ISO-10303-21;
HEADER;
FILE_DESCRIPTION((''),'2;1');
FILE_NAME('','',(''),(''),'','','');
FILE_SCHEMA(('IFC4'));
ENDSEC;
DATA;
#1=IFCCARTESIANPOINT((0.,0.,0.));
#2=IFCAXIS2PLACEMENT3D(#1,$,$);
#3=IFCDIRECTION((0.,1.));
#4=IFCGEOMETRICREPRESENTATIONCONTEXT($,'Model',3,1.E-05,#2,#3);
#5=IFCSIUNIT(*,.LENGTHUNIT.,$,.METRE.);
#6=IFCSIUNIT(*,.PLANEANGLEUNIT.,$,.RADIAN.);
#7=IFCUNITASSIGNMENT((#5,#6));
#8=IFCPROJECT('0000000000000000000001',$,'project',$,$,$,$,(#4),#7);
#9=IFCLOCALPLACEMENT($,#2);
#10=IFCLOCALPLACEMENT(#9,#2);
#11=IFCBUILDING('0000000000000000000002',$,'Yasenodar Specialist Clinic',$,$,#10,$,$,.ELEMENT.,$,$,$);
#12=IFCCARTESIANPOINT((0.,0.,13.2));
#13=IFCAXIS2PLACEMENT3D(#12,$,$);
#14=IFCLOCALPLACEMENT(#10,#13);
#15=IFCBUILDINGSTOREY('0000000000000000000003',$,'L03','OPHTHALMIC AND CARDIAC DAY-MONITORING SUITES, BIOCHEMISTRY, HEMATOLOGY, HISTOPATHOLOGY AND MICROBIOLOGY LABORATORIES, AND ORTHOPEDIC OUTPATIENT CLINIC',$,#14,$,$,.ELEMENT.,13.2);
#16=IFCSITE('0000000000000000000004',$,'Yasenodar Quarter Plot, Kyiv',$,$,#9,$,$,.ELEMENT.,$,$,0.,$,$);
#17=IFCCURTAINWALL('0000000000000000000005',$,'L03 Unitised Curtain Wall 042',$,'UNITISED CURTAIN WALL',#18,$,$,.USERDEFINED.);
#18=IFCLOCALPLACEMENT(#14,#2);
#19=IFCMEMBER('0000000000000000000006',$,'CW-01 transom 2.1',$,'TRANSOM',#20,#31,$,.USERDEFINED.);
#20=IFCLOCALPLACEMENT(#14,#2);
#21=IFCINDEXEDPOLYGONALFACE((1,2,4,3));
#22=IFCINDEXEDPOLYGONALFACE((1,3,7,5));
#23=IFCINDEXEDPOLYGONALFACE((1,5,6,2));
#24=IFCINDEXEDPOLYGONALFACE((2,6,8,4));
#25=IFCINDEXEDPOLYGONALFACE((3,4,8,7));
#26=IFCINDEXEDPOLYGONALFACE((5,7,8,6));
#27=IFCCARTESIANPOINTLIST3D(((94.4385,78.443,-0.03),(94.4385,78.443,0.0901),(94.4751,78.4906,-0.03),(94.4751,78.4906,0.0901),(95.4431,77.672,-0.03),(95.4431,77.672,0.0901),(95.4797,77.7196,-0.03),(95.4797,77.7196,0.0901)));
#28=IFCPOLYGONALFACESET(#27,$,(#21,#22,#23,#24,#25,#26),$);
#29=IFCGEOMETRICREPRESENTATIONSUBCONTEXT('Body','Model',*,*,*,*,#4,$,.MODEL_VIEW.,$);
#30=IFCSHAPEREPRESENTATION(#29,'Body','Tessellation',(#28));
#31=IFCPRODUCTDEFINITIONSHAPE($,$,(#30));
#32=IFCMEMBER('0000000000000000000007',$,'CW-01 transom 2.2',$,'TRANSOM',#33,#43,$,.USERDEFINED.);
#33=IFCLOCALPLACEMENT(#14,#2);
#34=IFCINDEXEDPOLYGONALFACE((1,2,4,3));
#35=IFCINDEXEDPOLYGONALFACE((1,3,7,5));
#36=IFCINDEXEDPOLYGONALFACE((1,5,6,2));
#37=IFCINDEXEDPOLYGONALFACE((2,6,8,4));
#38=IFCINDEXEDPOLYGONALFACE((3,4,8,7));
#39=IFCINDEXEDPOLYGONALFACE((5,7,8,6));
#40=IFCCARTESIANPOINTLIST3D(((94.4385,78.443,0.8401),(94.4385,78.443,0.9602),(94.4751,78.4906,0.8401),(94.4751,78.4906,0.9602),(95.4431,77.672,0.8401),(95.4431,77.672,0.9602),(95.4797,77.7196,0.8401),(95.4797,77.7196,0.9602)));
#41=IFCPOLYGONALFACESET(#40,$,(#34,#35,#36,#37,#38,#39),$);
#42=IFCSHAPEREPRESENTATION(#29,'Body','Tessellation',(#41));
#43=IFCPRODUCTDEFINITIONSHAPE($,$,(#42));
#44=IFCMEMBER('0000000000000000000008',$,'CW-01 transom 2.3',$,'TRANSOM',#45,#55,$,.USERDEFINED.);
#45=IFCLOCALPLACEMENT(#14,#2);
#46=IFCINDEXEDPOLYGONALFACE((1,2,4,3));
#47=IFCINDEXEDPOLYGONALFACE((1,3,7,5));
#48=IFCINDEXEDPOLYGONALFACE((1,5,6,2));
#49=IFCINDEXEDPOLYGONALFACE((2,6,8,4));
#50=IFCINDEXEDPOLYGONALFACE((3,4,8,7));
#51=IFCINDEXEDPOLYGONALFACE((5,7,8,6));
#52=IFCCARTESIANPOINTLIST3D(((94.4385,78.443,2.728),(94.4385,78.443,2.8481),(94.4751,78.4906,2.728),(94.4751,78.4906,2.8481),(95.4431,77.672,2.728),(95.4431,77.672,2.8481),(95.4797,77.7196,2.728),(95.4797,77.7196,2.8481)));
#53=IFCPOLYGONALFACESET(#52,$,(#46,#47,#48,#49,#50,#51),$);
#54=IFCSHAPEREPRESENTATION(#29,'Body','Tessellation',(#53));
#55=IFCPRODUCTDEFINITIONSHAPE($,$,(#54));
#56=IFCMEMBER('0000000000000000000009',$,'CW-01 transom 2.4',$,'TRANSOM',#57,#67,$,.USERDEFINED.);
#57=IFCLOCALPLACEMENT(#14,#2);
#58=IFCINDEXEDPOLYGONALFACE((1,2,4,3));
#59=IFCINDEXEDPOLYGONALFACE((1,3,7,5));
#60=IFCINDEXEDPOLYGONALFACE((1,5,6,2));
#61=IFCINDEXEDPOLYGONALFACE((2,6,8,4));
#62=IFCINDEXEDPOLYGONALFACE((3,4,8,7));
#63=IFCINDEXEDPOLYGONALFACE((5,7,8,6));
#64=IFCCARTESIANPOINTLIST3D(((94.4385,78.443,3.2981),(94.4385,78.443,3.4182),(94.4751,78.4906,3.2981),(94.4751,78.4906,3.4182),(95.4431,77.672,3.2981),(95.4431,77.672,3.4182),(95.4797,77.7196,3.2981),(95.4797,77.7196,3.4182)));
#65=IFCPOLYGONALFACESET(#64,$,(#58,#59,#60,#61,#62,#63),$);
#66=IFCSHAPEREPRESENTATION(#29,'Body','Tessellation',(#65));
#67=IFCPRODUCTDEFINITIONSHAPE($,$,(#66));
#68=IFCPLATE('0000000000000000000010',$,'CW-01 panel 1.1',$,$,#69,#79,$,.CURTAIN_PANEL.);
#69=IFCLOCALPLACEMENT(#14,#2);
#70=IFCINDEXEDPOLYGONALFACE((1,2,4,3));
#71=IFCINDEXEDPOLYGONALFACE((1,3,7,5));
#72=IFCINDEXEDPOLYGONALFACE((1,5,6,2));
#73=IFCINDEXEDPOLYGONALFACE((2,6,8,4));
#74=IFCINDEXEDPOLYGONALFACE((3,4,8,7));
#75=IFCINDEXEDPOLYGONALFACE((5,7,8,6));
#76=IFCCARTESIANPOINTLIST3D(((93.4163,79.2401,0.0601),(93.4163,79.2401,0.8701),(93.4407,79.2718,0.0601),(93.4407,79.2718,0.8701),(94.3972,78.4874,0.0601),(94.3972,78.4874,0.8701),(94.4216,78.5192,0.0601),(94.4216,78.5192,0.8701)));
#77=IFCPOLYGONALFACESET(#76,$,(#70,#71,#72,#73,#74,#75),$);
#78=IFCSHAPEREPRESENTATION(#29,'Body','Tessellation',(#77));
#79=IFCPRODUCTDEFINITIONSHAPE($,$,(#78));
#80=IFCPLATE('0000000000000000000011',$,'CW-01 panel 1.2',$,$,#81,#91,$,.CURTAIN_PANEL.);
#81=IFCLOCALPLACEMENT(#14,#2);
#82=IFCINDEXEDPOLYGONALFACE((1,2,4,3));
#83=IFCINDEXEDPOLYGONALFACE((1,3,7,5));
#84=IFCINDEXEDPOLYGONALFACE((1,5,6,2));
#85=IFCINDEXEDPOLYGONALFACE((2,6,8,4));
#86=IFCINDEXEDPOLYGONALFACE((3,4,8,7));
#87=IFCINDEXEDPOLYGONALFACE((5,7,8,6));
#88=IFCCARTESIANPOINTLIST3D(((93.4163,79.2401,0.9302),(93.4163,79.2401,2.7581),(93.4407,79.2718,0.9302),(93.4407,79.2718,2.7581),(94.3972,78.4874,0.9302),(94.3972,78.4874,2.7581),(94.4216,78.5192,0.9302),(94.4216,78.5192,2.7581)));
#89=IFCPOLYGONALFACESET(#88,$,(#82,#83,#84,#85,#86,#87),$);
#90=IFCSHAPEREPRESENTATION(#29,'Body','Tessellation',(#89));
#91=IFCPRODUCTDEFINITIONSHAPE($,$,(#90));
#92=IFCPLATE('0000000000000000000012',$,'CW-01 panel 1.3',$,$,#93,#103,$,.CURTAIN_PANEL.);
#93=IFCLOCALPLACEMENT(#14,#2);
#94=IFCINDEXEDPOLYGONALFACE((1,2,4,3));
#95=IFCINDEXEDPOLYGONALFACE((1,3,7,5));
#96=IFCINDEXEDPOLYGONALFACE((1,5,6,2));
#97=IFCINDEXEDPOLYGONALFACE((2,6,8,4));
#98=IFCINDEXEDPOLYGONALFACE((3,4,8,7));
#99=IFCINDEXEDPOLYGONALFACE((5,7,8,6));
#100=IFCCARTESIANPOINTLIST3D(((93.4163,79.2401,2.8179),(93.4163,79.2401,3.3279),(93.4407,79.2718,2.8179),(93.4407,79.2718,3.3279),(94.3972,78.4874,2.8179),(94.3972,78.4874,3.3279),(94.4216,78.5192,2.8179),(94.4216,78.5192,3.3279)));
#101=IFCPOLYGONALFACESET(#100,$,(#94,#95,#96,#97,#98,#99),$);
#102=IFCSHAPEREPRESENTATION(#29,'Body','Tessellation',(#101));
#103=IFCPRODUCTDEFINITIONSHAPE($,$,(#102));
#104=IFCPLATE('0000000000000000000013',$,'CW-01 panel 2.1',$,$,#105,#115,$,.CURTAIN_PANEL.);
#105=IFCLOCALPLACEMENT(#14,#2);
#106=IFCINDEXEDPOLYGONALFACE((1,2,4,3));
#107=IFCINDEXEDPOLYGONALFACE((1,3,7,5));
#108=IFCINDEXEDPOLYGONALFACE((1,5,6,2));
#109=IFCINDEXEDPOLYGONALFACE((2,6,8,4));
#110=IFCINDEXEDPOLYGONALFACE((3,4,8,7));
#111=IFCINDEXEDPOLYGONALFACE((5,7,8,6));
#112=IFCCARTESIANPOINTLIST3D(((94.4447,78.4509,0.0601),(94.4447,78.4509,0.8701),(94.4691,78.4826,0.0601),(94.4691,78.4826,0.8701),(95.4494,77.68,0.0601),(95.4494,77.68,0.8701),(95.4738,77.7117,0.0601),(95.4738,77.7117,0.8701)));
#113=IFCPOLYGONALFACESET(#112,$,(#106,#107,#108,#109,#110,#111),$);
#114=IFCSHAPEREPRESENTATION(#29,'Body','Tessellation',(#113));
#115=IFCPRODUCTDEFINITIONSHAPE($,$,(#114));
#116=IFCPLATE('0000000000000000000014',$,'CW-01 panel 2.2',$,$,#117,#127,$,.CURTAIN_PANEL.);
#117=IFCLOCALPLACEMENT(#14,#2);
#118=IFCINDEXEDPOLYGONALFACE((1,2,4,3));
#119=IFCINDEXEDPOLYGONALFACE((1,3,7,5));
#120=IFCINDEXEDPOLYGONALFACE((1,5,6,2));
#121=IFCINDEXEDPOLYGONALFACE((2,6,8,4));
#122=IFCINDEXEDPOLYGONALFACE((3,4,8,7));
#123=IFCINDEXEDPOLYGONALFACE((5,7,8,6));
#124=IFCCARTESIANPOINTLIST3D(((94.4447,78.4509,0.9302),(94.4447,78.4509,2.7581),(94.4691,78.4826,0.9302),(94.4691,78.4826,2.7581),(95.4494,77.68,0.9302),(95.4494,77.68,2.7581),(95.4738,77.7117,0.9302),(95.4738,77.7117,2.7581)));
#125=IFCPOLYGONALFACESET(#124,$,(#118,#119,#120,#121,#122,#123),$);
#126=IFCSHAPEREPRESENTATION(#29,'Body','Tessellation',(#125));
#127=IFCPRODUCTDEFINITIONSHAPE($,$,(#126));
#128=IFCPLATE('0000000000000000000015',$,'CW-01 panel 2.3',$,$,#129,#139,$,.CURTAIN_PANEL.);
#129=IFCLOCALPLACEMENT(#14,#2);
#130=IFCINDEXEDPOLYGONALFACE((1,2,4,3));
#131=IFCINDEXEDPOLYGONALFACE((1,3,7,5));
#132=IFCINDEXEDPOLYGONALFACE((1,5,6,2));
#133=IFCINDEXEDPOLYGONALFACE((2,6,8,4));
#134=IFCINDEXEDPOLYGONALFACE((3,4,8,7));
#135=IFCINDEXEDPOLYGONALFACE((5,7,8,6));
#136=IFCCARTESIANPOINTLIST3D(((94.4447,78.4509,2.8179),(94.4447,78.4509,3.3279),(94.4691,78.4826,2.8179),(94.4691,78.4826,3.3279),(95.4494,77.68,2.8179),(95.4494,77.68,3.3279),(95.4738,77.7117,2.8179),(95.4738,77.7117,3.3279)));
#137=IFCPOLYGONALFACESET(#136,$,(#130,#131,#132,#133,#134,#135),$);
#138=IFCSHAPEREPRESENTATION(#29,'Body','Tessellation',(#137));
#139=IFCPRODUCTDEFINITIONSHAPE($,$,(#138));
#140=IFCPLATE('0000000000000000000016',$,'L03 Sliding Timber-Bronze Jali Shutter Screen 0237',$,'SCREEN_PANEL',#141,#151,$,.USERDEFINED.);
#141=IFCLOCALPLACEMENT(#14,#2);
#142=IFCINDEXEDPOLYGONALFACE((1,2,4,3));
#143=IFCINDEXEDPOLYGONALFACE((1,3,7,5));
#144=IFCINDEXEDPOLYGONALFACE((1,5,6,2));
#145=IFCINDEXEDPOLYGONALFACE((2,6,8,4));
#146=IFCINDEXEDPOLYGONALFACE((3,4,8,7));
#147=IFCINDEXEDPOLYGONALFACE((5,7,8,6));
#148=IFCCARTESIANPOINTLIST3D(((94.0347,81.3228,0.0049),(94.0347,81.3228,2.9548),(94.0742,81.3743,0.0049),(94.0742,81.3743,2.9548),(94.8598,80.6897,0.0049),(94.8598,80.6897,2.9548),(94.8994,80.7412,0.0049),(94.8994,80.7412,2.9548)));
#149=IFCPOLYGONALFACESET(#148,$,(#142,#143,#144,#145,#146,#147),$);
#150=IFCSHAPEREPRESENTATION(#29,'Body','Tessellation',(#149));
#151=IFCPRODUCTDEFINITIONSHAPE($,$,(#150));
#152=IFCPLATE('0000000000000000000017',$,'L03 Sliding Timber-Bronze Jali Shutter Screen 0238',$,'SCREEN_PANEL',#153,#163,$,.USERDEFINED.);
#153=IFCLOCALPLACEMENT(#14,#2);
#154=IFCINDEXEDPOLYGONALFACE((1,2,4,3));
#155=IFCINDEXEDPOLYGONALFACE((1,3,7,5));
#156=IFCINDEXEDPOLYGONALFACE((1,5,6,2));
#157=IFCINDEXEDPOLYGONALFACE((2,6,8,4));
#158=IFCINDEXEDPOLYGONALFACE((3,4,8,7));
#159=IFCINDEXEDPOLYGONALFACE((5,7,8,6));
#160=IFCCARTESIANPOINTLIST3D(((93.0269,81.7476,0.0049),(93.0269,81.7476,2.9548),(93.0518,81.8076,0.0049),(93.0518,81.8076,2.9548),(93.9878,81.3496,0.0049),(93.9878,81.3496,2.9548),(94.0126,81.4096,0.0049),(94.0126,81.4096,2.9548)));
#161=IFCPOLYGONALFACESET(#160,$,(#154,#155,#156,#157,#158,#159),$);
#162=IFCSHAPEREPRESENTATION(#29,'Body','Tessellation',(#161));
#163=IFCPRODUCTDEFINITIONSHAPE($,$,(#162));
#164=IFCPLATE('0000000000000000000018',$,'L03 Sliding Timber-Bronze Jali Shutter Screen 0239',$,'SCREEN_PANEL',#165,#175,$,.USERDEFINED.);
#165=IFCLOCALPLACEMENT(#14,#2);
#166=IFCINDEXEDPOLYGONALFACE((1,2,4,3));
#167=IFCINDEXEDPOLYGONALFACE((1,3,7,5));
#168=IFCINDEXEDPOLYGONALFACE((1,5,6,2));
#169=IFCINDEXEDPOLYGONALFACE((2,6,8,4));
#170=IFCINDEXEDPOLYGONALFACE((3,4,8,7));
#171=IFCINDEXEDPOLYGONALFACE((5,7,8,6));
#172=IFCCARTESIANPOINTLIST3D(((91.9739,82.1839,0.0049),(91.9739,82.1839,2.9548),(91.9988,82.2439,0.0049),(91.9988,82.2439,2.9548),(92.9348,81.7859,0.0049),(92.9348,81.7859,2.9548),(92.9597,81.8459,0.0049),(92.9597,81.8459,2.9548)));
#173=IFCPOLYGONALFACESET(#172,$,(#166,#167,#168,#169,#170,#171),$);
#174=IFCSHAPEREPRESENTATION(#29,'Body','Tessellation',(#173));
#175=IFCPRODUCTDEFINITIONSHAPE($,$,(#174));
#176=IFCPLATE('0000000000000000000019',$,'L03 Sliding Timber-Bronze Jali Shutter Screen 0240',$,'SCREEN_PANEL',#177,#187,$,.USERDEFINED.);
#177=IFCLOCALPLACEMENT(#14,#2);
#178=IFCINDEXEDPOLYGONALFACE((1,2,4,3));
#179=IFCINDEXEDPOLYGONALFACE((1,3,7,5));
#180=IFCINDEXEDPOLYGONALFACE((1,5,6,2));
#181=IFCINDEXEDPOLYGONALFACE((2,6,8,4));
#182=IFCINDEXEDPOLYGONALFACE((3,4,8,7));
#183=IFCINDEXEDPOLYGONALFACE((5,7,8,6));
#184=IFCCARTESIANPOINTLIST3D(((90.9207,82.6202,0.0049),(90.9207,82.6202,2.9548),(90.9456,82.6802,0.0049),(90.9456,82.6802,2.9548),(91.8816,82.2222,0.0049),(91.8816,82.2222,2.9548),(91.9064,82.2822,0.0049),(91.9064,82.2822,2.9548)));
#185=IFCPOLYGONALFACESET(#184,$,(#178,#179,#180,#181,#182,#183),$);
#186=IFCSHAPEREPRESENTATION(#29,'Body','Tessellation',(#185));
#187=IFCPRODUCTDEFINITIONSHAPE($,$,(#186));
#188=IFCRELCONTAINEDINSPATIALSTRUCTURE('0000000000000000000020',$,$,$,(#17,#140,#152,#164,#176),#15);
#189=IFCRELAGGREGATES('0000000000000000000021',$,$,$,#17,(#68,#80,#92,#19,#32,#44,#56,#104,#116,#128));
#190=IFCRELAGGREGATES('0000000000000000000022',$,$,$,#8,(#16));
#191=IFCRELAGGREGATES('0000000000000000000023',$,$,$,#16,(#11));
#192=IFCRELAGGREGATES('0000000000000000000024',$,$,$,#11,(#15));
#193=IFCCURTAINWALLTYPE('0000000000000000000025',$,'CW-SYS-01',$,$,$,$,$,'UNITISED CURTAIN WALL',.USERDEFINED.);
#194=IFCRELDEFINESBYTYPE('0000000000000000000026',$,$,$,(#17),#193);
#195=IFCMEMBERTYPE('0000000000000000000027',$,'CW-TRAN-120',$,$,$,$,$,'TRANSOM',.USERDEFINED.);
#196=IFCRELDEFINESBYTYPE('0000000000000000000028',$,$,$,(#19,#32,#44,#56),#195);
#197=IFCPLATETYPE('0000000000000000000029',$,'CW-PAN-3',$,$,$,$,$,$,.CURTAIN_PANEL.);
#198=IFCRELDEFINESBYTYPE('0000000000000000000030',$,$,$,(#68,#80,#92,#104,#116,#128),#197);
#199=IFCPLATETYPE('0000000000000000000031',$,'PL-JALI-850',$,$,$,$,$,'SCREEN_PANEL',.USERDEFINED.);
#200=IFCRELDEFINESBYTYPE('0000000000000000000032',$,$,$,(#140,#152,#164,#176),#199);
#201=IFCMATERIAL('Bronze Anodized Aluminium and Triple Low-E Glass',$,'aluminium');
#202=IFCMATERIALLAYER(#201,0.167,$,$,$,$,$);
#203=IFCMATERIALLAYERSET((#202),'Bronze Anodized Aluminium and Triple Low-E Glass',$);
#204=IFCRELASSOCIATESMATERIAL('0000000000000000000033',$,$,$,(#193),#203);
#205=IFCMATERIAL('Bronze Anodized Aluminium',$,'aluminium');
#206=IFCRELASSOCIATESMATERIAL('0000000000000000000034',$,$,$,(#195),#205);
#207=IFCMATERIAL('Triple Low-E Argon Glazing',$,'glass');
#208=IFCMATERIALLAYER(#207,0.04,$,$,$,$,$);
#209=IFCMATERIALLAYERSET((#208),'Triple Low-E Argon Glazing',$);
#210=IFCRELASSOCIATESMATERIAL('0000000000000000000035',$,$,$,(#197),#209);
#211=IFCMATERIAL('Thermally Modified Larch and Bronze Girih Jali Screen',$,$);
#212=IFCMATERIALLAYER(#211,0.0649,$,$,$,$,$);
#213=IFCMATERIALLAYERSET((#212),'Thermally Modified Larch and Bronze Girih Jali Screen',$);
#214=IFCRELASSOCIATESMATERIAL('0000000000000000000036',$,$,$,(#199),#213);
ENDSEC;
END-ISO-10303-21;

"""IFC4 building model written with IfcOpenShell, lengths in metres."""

from ifc_helpers import new_model, si_unit, direction, frame, origin, origin_2d, place, context, subcontext, project, spatial, rectangle, extrude, material, layer, layer_set, material_profile, profile_set, type_object, element, aggregate, save


model = new_model("IFC4")

# Units and contexts
model_context = context("Model", 3, precision=1e-05, world=origin(), true_north=direction((0.0, 1.0)))
body_context = subcontext(model_context, "Body", "Model", "MODEL_VIEW")
ifc_project = project(units=[si_unit("LENGTHUNIT", "METRE"), si_unit("PLANEANGLEUNIT", "RADIAN")], contexts=[model_context])

# Site, building, storey
site_placement = place(None, origin())
site = spatial("IfcSite", under=ifc_project, at=site_placement, Name="Yasenodar Quarter Plot, Kyiv", CompositionType="ELEMENT", RefElevation=0.0)
building_placement = place(site_placement, origin())
building = spatial("IfcBuilding", under=site, at=building_placement, Name="Yasenodar Specialist Clinic", CompositionType="ELEMENT")
storey_placement = place(building_placement, frame((0.0, 0.0, 13.2)))
storey = spatial("IfcBuildingStorey", under=building, at=storey_placement, Name="L03", Description="OPHTHALMIC AND CARDIAC DAY-MONITORING SUITES, BIOCHEMISTRY, HEMATOLOGY, HISTOPATHOLOGY AND MICROBIOLOGY LABORATORIES, AND ORTHOPEDIC OUTPATIENT CLINIC", CompositionType="ELEMENT", Elevation=13.2)

# Curtain wall, members, plates
ifc_material_1 = material(Name="Bronze Anodized Aluminium and Triple Low-E Glass", Category="aluminium")
ifc_layer_1 = layer(ifc_material_1, 0.167)
ifc_layer_set_1 = layer_set([ifc_layer_1], Name="Bronze Anodized Aluminium and Triple Low-E Glass")
curtain_wall_type = type_object("IfcCurtainWallType", Name="CW-SYS-01", ElementType="UNITISED CURTAIN WALL", PredefinedType="USERDEFINED", material=ifc_layer_set_1)
curtain_wall_placement = place(storey_placement, origin())
curtain_wall = element("IfcCurtainWall", 1, at=curtain_wall_placement, inside=storey, type_object=curtain_wall_type, Name="L03 Unitised Curtain Wall 042", ObjectType="UNITISED CURTAIN WALL", PredefinedType="USERDEFINED")
ifc_material_2 = material(Name="Bronze Anodized Aluminium", Category="aluminium")
ifc_material_profile_1 = material_profile(ifc_material_2, rectangle(XDim=0.0601, YDim=0.1201, at=origin_2d()), Name="CW-TRAN 60x120")
ifc_profile_set_1 = profile_set([ifc_material_profile_1], Name="Bronze Anodized Aluminium")
member_type_1 = type_object("IfcMemberType", Name="CW-TRAN-120", ElementType="TRANSOM", PredefinedType="USERDEFINED", material=ifc_profile_set_1)
member_1_placement = place(storey_placement, frame((94.4568, 78.4668, 0.03), z_axis=(0.793311, -0.608816, 0.0), x_axis=(0.608816, 0.793311, 0.0)))
member_1 = element("IfcMember", 2, at=member_1_placement, type_object=member_type_1, Name="CW-01 transom 2.1", ObjectType="TRANSOM", PredefinedType="USERDEFINED", context=body_context, shape_type="SweptSolid", body=[
    extrude(rectangle(XDim=0.0601, YDim=0.1201, at=origin_2d()), origin(), (0.0, 0.0, 1.0), 1.2664),
])
member_2_placement = place(storey_placement, frame((94.4568, 78.4668, 0.9001), z_axis=(0.793311, -0.608816, 0.0), x_axis=(0.608816, 0.793311, 0.0)))
member_2 = element("IfcMember", 3, at=member_2_placement, type_object=member_type_1, Name="CW-01 transom 2.2", ObjectType="TRANSOM", PredefinedType="USERDEFINED", context=body_context, shape_type="SweptSolid", body=[
    extrude(rectangle(XDim=0.0601, YDim=0.1201, at=origin_2d()), origin(), (0.0, 0.0, 1.0), 1.2664),
])
member_3_placement = place(storey_placement, frame((94.4568, 78.4668, 2.7881), z_axis=(0.793311, -0.608816, 0.0), x_axis=(0.608816, 0.793311, 0.0)))
member_3 = element("IfcMember", 4, at=member_3_placement, type_object=member_type_1, Name="CW-01 transom 2.3", ObjectType="TRANSOM", PredefinedType="USERDEFINED", context=body_context, shape_type="SweptSolid", body=[
    extrude(rectangle(XDim=0.0601, YDim=0.1201, at=origin_2d()), origin(), (0.0, 0.0, 1.0), 1.2664),
])
member_4_placement = place(storey_placement, frame((94.4568, 78.4668, 3.3582), z_axis=(0.793311, -0.608816, 0.0), x_axis=(0.608816, 0.793311, 0.0)))
member_4 = element("IfcMember", 5, at=member_4_placement, type_object=member_type_1, Name="CW-01 transom 2.4", ObjectType="TRANSOM", PredefinedType="USERDEFINED", context=body_context, shape_type="SweptSolid", body=[
    extrude(rectangle(XDim=0.0601, YDim=0.1201, at=origin_2d()), origin(), (0.0, 0.0, 1.0), 1.2664),
])
ifc_material_3 = material(Name="Triple Low-E Argon Glazing", Category="glass")
ifc_layer_2 = layer(ifc_material_3, 0.04)
ifc_layer_set_2 = layer_set([ifc_layer_2], Name="Triple Low-E Argon Glazing")
plate_type_1 = type_object("IfcPlateType", Name="CW-PAN-3", PredefinedType="CURTAIN_PANEL", material=ifc_layer_set_2)
plate_1_placement = place(storey_placement, frame((93.9189, 78.8796, 0.0601), z_axis=(0.0, 0.0, 1.0), x_axis=(0.793361, -0.608752, 0.0)))
plate_1 = element("IfcPlate", 6, at=plate_1_placement, type_object=plate_type_1, Name="CW-01 panel 1.1", PredefinedType="CURTAIN_PANEL", context=body_context, shape_type="SweptSolid", body=[
    extrude(rectangle(XDim=1.2363, YDim=0.04, at=origin_2d()), origin(), (0.0, 0.0, 1.0), 0.8101),
])
plate_2_placement = place(storey_placement, frame((93.9189, 78.8796, 0.9302), z_axis=(0.0, 0.0, 1.0), x_axis=(0.793361, -0.608752, 0.0)))
plate_2 = element("IfcPlate", 7, at=plate_2_placement, type_object=plate_type_1, Name="CW-01 panel 1.2", PredefinedType="CURTAIN_PANEL", context=body_context, shape_type="SweptSolid", body=[
    extrude(rectangle(XDim=1.2363, YDim=0.04, at=origin_2d()), origin(), (0.0, 0.0, 1.0), 1.8279),
])
plate_3_placement = place(storey_placement, frame((93.9189, 78.8796, 2.8179), z_axis=(0.0, 0.0, 1.0), x_axis=(0.793361, -0.608752, 0.0)))
plate_3 = element("IfcPlate", 8, at=plate_3_placement, type_object=plate_type_1, Name="CW-01 panel 1.3", PredefinedType="CURTAIN_PANEL", context=body_context, shape_type="SweptSolid", body=[
    extrude(rectangle(XDim=1.2363, YDim=0.04, at=origin_2d()), origin(), (0.0, 0.0, 1.0), 0.51),
])
plate_4_placement = place(storey_placement, frame((94.9592, 78.0813, 0.0601), z_axis=(0.0, 0.0, 1.0), x_axis=(0.793361, -0.608752, 0.0)))
plate_4 = element("IfcPlate", 9, at=plate_4_placement, type_object=plate_type_1, Name="CW-01 panel 2.1", PredefinedType="CURTAIN_PANEL", context=body_context, shape_type="SweptSolid", body=[
    extrude(rectangle(XDim=1.2664, YDim=0.04, at=origin_2d()), origin(), (0.0, 0.0, 1.0), 0.8101),
])
plate_5_placement = place(storey_placement, frame((94.9592, 78.0813, 0.9302), z_axis=(0.0, 0.0, 1.0), x_axis=(0.793361, -0.608752, 0.0)))
plate_5 = element("IfcPlate", 10, at=plate_5_placement, type_object=plate_type_1, Name="CW-01 panel 2.2", PredefinedType="CURTAIN_PANEL", context=body_context, shape_type="SweptSolid", body=[
    extrude(rectangle(XDim=1.2664, YDim=0.04, at=origin_2d()), origin(), (0.0, 0.0, 1.0), 1.8279),
])
plate_6_placement = place(storey_placement, frame((94.9592, 78.0813, 2.8179), z_axis=(0.0, 0.0, 1.0), x_axis=(0.793361, -0.608752, 0.0)))
plate_6 = element("IfcPlate", 11, at=plate_6_placement, type_object=plate_type_1, Name="CW-01 panel 2.3", PredefinedType="CURTAIN_PANEL", context=body_context, shape_type="SweptSolid", body=[
    extrude(rectangle(XDim=1.2664, YDim=0.04, at=origin_2d()), origin(), (0.0, 0.0, 1.0), 0.51),
])
aggregate(curtain_wall, [plate_1, plate_2, plate_3, member_1, member_2, member_3, member_4, plate_4, plate_5, plate_6])

# Plates
ifc_material_4 = material(Name="Thermally Modified Larch and Bronze Girih Jali Screen")
ifc_layer_3 = layer(ifc_material_4, 0.0649)
ifc_layer_set_3 = layer_set([ifc_layer_3], Name="Thermally Modified Larch and Bronze Girih Jali Screen")
plate_type_2 = type_object("IfcPlateType", Name="PL-JALI-850", ElementType="SCREEN_PANEL", PredefinedType="USERDEFINED", material=ifc_layer_set_3)
for number, where, z_axis, x_axis, name in (
    (12, (94.467, 81.032, 0.0049), (0.0, 0.0, 1.0), (-0.793351, 0.608764, 0.0), "L03 Sliding Timber-Bronze Jali Shutter Screen 0237"),
    (13, (93.5198, 81.5786, 0.0049), (0.0, 0.0, 1.0), (-0.923878, 0.382687, 0.0), "L03 Sliding Timber-Bronze Jali Shutter Screen 0238"),
    (14, (92.4668, 82.0149, 0.0049), (0.0, 0.0, 1.0), (-0.923878, 0.382687, 0.0), "L03 Sliding Timber-Bronze Jali Shutter Screen 0239"),
    (15, (91.4136, 82.4512, 0.0049), (0.0, 0.0, 1.0), (-0.923878, 0.382687, 0.0), "L03 Sliding Timber-Bronze Jali Shutter Screen 0240"),
):
    element("IfcPlate", number, at=place(storey_placement, frame(where, z_axis=z_axis, x_axis=x_axis)), inside=storey, type_object=plate_type_2, Name=name, ObjectType="SCREEN_PANEL", PredefinedType="USERDEFINED", context=body_context, shape_type="SweptSolid", body=[
        extrude(rectangle(XDim=1.04, YDim=0.0649, at=origin_2d()), origin(), (0.0, 0.0, 1.0), 2.95),
    ])

save(model, "model.ifc")
